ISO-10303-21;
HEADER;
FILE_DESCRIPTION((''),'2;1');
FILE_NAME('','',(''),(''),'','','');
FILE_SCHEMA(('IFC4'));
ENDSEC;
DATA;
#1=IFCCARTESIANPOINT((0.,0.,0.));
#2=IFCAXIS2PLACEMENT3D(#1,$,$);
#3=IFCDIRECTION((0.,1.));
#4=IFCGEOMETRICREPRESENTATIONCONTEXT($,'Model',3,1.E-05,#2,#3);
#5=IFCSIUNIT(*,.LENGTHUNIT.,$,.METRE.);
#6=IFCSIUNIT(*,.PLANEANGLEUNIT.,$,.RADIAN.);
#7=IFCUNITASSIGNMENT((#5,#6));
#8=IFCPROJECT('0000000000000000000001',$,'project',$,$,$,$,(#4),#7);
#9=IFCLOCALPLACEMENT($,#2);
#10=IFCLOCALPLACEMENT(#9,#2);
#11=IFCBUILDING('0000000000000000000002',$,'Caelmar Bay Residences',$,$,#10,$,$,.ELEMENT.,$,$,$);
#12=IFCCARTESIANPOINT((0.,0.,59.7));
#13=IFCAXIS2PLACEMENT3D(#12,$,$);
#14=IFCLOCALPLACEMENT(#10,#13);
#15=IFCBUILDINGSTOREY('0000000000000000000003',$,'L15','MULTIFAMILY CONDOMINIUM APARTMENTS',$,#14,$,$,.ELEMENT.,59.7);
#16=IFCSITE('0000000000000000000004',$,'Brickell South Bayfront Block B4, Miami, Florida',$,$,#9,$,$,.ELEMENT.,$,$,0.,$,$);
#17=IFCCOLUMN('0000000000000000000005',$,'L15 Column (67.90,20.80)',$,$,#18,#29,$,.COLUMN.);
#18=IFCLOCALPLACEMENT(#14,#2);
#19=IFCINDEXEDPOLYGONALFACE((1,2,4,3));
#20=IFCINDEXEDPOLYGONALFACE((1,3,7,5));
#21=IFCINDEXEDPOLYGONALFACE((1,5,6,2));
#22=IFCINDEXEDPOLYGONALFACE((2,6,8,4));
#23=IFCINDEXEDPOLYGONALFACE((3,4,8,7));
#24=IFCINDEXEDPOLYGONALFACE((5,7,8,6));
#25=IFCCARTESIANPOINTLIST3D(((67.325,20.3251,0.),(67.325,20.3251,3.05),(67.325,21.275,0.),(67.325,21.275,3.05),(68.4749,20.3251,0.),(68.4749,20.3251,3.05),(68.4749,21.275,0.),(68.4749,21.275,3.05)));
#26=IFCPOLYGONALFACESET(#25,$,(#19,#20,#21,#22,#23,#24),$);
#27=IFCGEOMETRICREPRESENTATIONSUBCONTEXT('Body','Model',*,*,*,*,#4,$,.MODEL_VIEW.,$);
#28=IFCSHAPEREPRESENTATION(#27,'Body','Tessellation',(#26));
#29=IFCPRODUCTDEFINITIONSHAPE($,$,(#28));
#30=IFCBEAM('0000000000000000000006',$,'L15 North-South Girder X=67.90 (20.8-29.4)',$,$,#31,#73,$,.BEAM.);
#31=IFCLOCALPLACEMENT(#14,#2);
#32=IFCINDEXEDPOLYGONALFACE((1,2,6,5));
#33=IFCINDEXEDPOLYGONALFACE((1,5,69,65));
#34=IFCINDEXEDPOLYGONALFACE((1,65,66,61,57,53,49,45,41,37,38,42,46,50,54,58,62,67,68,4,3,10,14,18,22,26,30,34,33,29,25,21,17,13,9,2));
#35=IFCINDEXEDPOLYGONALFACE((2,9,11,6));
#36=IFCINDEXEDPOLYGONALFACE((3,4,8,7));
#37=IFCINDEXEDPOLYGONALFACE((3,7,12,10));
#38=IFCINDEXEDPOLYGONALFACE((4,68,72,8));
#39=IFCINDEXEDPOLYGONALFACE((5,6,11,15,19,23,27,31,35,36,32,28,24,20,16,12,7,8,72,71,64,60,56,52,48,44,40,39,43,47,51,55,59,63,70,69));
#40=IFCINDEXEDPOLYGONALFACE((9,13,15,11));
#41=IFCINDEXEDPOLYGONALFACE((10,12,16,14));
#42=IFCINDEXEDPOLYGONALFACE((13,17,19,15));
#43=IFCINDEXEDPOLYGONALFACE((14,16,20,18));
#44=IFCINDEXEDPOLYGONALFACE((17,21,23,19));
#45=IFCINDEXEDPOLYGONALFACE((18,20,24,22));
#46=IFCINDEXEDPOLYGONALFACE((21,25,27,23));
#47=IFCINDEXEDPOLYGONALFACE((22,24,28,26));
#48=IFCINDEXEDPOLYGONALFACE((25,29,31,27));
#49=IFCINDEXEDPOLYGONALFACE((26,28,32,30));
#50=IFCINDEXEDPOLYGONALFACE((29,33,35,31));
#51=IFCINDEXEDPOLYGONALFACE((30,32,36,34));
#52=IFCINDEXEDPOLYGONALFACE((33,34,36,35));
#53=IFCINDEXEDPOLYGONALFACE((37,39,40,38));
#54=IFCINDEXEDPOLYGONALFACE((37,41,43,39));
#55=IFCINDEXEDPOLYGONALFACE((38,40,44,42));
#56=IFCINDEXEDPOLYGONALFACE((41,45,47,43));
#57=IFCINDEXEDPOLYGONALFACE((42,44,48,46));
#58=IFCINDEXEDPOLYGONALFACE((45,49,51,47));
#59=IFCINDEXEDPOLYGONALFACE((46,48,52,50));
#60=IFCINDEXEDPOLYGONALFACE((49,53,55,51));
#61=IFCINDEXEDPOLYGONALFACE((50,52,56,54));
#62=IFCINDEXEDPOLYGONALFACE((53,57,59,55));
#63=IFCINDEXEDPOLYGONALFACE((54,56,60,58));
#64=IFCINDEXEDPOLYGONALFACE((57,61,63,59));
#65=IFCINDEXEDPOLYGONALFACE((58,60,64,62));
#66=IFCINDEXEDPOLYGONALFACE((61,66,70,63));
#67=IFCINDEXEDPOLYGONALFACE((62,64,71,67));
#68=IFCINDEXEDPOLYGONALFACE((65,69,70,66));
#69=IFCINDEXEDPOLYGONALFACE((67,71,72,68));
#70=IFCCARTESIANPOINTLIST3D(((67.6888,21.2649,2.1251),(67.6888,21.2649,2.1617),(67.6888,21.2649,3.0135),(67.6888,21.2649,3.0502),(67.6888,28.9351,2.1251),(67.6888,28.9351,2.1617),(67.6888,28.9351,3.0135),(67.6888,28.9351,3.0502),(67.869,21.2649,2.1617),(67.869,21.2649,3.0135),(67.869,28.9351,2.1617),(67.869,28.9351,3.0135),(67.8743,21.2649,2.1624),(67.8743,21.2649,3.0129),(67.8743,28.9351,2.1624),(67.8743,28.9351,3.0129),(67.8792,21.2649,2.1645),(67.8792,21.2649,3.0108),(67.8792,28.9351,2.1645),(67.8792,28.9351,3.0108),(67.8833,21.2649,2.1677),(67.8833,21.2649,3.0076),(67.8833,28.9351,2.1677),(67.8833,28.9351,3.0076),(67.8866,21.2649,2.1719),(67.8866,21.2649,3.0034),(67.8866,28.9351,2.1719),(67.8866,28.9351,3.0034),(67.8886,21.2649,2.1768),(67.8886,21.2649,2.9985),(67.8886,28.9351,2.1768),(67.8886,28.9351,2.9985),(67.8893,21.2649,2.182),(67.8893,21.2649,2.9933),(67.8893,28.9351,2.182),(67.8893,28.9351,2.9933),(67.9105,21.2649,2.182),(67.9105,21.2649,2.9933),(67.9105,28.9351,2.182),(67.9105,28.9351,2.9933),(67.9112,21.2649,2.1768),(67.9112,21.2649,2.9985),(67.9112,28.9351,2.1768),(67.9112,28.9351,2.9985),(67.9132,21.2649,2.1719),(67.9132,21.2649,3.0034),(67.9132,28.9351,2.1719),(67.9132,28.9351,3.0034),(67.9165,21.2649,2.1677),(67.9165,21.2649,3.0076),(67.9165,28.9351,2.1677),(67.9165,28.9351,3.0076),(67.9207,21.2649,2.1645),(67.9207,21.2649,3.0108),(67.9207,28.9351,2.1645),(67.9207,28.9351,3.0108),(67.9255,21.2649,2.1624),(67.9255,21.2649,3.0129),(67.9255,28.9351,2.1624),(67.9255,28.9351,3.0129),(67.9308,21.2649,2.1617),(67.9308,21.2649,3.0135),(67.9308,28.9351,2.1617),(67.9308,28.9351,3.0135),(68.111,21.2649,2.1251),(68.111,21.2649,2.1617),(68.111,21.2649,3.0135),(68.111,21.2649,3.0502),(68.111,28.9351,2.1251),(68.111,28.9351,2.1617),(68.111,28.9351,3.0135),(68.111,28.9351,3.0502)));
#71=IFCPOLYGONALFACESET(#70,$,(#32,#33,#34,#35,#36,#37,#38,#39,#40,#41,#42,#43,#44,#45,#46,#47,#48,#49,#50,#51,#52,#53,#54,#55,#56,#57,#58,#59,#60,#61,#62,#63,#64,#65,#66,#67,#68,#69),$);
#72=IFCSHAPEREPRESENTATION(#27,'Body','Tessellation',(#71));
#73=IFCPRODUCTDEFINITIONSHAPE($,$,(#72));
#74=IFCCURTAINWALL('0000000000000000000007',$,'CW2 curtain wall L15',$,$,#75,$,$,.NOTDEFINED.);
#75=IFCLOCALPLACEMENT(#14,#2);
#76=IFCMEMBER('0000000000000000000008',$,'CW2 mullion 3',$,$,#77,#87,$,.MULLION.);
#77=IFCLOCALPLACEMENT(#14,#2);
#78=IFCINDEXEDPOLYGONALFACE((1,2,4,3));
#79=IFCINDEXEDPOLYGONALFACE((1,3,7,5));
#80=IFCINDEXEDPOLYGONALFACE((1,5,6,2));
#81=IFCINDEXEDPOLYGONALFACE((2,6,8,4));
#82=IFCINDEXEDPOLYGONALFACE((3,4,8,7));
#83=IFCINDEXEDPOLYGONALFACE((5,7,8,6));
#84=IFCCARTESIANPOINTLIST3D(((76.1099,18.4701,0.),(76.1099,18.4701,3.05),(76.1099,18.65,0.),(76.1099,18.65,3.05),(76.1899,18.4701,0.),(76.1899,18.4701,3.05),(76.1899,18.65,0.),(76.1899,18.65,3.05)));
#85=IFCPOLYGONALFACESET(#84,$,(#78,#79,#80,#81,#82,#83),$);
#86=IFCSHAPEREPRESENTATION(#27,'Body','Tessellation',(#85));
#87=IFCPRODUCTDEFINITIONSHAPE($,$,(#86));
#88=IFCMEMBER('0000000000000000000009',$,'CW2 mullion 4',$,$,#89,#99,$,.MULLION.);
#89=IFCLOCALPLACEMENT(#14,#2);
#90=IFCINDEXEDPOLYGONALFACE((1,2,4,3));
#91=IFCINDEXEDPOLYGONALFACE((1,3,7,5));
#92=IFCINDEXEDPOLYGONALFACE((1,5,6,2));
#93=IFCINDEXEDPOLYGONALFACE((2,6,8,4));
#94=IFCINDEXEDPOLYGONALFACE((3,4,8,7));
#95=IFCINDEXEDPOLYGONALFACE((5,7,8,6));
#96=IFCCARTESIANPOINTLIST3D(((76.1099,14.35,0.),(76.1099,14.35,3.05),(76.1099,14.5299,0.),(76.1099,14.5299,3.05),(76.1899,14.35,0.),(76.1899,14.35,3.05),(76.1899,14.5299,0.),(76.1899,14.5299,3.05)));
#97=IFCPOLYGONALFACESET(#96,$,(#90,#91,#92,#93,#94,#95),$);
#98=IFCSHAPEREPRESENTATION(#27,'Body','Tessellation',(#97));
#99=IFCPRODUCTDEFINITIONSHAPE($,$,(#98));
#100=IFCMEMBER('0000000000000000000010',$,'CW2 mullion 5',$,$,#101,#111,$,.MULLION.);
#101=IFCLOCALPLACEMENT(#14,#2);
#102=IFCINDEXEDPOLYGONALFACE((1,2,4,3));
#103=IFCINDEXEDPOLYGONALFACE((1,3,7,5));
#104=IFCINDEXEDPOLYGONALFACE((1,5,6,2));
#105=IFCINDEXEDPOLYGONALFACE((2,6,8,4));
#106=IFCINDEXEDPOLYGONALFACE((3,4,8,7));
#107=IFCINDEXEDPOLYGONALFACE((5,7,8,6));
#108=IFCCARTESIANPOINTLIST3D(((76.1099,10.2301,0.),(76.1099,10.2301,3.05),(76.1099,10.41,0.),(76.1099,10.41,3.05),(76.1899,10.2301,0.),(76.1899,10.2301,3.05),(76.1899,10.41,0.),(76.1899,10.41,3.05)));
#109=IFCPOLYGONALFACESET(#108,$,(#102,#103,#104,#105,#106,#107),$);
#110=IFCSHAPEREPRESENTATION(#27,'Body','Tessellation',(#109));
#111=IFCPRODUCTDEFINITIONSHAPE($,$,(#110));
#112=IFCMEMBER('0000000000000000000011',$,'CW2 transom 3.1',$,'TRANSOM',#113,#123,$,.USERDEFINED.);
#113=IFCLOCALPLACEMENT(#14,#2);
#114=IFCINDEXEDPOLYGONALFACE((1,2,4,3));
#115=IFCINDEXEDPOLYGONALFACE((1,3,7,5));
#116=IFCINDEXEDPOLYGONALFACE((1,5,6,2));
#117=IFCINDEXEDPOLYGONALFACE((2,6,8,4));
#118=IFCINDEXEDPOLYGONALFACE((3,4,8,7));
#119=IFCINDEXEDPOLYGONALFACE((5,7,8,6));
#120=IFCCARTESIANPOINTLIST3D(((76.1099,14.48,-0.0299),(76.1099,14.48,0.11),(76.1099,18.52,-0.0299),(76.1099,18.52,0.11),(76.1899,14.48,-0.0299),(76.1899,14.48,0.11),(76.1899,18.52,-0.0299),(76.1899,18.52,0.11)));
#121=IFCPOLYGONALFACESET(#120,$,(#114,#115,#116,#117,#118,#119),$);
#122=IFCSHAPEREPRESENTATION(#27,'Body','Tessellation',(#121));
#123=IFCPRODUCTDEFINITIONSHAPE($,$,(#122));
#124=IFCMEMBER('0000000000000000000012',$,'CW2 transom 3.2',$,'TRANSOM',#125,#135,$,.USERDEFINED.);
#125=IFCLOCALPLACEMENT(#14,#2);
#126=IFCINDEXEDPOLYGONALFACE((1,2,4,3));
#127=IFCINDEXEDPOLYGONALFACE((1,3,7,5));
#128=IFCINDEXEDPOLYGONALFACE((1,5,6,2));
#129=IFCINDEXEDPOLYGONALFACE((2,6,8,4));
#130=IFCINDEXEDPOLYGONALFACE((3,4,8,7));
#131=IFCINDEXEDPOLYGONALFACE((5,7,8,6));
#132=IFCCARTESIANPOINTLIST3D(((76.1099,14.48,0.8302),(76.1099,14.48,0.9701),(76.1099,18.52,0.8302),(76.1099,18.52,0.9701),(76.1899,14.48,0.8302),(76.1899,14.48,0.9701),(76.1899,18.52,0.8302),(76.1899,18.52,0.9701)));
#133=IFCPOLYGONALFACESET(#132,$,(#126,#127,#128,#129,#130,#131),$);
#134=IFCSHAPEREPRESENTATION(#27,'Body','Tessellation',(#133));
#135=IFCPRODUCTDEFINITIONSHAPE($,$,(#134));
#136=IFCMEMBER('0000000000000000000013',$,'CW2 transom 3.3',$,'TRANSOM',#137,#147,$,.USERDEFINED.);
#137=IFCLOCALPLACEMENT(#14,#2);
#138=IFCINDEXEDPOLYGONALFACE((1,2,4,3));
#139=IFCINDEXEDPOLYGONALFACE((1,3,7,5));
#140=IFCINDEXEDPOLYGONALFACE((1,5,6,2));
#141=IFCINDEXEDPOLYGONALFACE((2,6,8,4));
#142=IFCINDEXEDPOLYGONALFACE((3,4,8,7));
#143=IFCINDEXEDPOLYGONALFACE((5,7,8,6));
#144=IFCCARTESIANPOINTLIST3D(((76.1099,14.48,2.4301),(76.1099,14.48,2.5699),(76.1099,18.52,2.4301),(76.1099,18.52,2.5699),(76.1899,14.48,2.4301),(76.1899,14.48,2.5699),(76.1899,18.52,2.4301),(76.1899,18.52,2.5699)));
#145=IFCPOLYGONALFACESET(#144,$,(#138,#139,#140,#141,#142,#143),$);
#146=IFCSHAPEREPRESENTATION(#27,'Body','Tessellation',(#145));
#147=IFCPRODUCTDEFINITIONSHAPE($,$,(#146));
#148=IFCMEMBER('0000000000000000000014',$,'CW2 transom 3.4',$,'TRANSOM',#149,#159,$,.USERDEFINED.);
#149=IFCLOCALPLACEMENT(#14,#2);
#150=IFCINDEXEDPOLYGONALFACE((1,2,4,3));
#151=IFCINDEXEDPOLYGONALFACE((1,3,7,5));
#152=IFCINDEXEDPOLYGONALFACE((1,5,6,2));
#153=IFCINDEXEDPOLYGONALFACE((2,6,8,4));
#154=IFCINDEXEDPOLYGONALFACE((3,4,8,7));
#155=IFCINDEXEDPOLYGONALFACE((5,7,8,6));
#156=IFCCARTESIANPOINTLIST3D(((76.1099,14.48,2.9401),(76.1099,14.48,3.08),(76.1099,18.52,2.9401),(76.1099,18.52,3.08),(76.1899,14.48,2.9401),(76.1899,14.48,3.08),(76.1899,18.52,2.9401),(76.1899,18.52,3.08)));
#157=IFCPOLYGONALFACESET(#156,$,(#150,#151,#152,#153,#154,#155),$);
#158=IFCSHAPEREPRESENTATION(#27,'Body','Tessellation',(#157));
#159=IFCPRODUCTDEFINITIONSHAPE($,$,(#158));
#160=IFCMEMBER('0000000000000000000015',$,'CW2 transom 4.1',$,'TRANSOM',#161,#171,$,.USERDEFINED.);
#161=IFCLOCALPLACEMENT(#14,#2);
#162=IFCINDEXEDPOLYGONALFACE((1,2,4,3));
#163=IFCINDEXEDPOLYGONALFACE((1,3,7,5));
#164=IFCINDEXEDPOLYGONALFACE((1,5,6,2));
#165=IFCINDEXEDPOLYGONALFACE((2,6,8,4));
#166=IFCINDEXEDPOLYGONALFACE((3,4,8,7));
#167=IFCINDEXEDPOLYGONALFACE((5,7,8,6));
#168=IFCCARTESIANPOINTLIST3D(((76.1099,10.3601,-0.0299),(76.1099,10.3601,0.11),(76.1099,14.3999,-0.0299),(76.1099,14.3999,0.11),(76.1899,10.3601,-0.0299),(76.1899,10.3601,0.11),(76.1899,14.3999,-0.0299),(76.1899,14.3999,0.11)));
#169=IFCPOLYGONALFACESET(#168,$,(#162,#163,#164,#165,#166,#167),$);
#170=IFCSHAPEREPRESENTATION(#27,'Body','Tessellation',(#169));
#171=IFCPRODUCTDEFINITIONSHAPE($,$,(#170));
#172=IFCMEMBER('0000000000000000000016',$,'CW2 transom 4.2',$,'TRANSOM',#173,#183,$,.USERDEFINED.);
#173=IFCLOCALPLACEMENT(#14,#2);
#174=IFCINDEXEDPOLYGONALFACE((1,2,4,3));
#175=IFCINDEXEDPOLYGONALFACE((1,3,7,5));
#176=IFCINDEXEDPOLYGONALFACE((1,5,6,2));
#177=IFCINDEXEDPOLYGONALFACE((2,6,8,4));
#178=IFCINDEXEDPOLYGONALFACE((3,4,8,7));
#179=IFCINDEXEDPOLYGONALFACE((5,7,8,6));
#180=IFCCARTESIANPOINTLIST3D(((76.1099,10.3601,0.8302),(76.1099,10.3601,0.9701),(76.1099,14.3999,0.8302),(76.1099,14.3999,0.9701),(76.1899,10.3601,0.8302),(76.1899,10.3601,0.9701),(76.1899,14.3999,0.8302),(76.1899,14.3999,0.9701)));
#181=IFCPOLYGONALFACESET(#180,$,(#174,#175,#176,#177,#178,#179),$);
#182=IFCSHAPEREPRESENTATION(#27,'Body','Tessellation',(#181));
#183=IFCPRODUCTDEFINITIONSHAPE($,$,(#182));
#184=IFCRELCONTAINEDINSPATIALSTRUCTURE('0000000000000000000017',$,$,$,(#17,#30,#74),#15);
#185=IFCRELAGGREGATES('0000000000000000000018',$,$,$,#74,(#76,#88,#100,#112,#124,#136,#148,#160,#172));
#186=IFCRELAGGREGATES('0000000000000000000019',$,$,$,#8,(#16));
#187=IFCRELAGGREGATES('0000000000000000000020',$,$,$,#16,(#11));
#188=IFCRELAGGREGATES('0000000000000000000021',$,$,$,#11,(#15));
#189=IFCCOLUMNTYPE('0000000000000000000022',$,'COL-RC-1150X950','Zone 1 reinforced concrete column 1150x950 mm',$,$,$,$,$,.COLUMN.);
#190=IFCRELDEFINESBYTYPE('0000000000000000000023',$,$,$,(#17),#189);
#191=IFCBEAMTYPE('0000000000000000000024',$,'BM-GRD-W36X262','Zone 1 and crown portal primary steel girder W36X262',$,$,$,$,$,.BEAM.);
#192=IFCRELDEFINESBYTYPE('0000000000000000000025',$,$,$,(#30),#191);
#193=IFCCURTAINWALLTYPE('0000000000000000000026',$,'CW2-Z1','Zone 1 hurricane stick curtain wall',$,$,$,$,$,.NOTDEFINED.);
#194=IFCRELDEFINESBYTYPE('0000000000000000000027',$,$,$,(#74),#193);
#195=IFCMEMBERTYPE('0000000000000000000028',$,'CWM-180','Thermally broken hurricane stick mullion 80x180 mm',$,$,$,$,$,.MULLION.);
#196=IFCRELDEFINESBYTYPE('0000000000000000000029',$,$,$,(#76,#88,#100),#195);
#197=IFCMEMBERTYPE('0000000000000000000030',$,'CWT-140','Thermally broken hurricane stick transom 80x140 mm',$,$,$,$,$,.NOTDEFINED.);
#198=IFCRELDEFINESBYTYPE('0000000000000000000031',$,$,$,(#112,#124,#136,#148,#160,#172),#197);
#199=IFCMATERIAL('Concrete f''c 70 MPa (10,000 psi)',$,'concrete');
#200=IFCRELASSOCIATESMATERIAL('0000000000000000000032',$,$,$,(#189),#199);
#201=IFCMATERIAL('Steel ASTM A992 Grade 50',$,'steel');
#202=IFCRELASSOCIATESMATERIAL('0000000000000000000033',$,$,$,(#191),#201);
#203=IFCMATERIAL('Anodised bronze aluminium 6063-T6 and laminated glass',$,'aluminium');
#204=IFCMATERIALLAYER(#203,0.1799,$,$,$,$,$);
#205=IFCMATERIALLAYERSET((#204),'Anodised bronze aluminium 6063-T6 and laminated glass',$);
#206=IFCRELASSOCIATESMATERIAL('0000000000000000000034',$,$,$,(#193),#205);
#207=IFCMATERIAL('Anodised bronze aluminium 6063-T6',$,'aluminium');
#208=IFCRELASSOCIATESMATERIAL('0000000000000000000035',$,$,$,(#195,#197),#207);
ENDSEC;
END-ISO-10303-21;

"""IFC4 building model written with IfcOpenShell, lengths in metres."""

from ifc_helpers import new_model, si_unit, direction, frame, origin, origin_2d, place, context, subcontext, project, spatial, rectangle, i_section, extrude, material, layer, layer_set, material_profile, profile_set, type_object, element, aggregate, save


model = new_model("IFC4")

# Units and contexts
model_context = context("Model", 3, precision=1e-05, world=origin(), true_north=direction((0.0, 1.0)))
body_context = subcontext(model_context, "Body", "Model", "MODEL_VIEW")
ifc_project = project(units=[si_unit("LENGTHUNIT", "METRE"), si_unit("PLANEANGLEUNIT", "RADIAN")], contexts=[model_context])

# Site, building, storey
site_placement = place(None, origin())
site = spatial("IfcSite", under=ifc_project, at=site_placement, Name="Brickell South Bayfront Block B4, Miami, Florida", CompositionType="ELEMENT", RefElevation=0.0)
building_placement = place(site_placement, origin())
building = spatial("IfcBuilding", under=site, at=building_placement, Name="Caelmar Bay Residences", CompositionType="ELEMENT")
storey_placement = place(building_placement, frame((0.0, 0.0, 59.7)))
storey = spatial("IfcBuildingStorey", under=building, at=storey_placement, Name="L15", Description="MULTIFAMILY CONDOMINIUM APARTMENTS", CompositionType="ELEMENT", Elevation=59.7)

# Column
ifc_material_1 = material(Name="Concrete f'c 70 MPa (10,000 psi)", Category="concrete")
ifc_material_profile_1 = material_profile(ifc_material_1, rectangle(XDim=1.1499, YDim=0.95, at=origin_2d()), Name="RC-COL-1150X950")
ifc_profile_set_1 = profile_set([ifc_material_profile_1], Name="Concrete f'c 70 MPa (10,000 psi)")
column_type = type_object("IfcColumnType", Name="COL-RC-1150X950", Description="Zone 1 reinforced concrete column 1150x950 mm", PredefinedType="COLUMN", material=ifc_profile_set_1)
column_placement = place(storey_placement, frame((67.8999, 20.8, 0.0), z_axis=(0.0, 0.0, 1.0), x_axis=(1.0, 0.0, 0.0)))
element("IfcColumn", 1, at=column_placement, inside=storey, type_object=column_type, Name="L15 Column (67.90,20.80)", PredefinedType="COLUMN", context=body_context, shape_type="SweptSolid", body=[
    extrude(rectangle(XDim=1.1499, YDim=0.95, at=origin_2d()), origin(), (0.0, 0.0, 1.0), 3.05),
])

# Beam
ifc_material_2 = material(Name="Steel ASTM A992 Grade 50", Category="steel")
ifc_material_profile_2 = material_profile(ifc_material_2, i_section(OverallWidth=0.4221, OverallDepth=0.925, WebThickness=0.0212, FlangeThickness=0.0366, FilletRadius=0.0203, at=origin_2d()), Name="W36X262")
ifc_profile_set_2 = profile_set([ifc_material_profile_2], Name="Steel ASTM A992 Grade 50")
beam_type = type_object("IfcBeamType", Name="BM-GRD-W36X262", Description="Zone 1 and crown portal primary steel girder W36X262", PredefinedType="BEAM", material=ifc_profile_set_2)
beam_placement = place(storey_placement, frame((67.8999, 21.2649, 2.5876), z_axis=(0.0, 1.0, 0.0), x_axis=(-1.0, 0.0, 0.0)))
element("IfcBeam", 2, at=beam_placement, inside=storey, type_object=beam_type, Name="L15 North-South Girder X=67.90 (20.8-29.4)", PredefinedType="BEAM", context=body_context, shape_type="SweptSolid", body=[
    extrude(i_section(OverallWidth=0.4221, OverallDepth=0.925, WebThickness=0.0212, FlangeThickness=0.0366, FilletRadius=0.0203, at=origin_2d()), origin(), (0.0, 0.0, 1.0), 7.6702),
])

# Curtain wall, members
ifc_material_3 = material(Name="Anodised bronze aluminium 6063-T6 and laminated glass", Category="aluminium")
ifc_layer_1 = layer(ifc_material_3, 0.1799)
ifc_layer_set_1 = layer_set([ifc_layer_1], Name="Anodised bronze aluminium 6063-T6 and laminated glass")
curtain_wall_type = type_object("IfcCurtainWallType", Name="CW2-Z1", Description="Zone 1 hurricane stick curtain wall", PredefinedType="NOTDEFINED", material=ifc_layer_set_1)
curtain_wall_placement = place(storey_placement, origin())
curtain_wall = element("IfcCurtainWall", 3, at=curtain_wall_placement, inside=storey, type_object=curtain_wall_type, Name="CW2 curtain wall L15", PredefinedType="NOTDEFINED")
ifc_material_4 = material(Name="Anodised bronze aluminium 6063-T6", Category="aluminium")
ifc_material_profile_3 = material_profile(ifc_material_4, rectangle(XDim=0.0801, YDim=0.1799, at=origin_2d()), Name="CWM-80X180")
ifc_profile_set_3 = profile_set([ifc_material_profile_3], Name="Anodised bronze aluminium 6063-T6")
member_type_1 = type_object("IfcMemberType", Name="CWM-180", Description="Thermally broken hurricane stick mullion 80x180 mm", PredefinedType="MULLION", material=ifc_profile_set_3)
member_1_placement = place(storey_placement, frame((76.1499, 18.5601, 0.0), z_axis=(0.0, 0.0, 1.0), x_axis=(1.0, 0.0, 0.0)))
member_1 = element("IfcMember", 4, at=member_1_placement, type_object=member_type_1, Name="CW2 mullion 3", PredefinedType="MULLION", context=body_context, shape_type="SweptSolid", body=[
    extrude(rectangle(XDim=0.0801, YDim=0.1799, at=origin_2d()), origin(), (0.0, 0.0, 1.0), 3.05),
])
member_2_placement = place(storey_placement, frame((76.1499, 14.4399, 0.0), z_axis=(0.0, 0.0, 1.0), x_axis=(1.0, 0.0, 0.0)))
member_2 = element("IfcMember", 5, at=member_2_placement, type_object=member_type_1, Name="CW2 mullion 4", PredefinedType="MULLION", context=body_context, shape_type="SweptSolid", body=[
    extrude(rectangle(XDim=0.0801, YDim=0.1799, at=origin_2d()), origin(), (0.0, 0.0, 1.0), 3.05),
])
member_3_placement = place(storey_placement, frame((76.1499, 10.3201, 0.0), z_axis=(0.0, 0.0, 1.0), x_axis=(1.0, 0.0, 0.0)))
member_3 = element("IfcMember", 6, at=member_3_placement, type_object=member_type_1, Name="CW2 mullion 5", PredefinedType="MULLION", context=body_context, shape_type="SweptSolid", body=[
    extrude(rectangle(XDim=0.0801, YDim=0.1799, at=origin_2d()), origin(), (0.0, 0.0, 1.0), 3.05),
])
ifc_material_profile_4 = material_profile(ifc_material_4, rectangle(XDim=0.0801, YDim=0.1399, at=origin_2d()), Name="CWT-80X140")
ifc_profile_set_4 = profile_set([ifc_material_profile_4], Name="Anodised bronze aluminium 6063-T6")
member_type_2 = type_object("IfcMemberType", Name="CWT-140", Description="Thermally broken hurricane stick transom 80x140 mm", PredefinedType="NOTDEFINED", material=ifc_profile_set_4)
member_4_placement = place(storey_placement, frame((76.1499, 18.52, 0.04), z_axis=(0.0, -1.0, 0.0), x_axis=(1.0, 0.0, 0.0)))
member_4 = element("IfcMember", 7, at=member_4_placement, type_object=member_type_2, Name="CW2 transom 3.1", ObjectType="TRANSOM", PredefinedType="USERDEFINED", context=body_context, shape_type="SweptSolid", body=[
    extrude(rectangle(XDim=0.0801, YDim=0.1399, at=origin_2d()), origin(), (0.0, 0.0, 1.0), 4.04),
])
member_5_placement = place(storey_placement, frame((76.1499, 18.52, 0.9001), z_axis=(0.0, -1.0, 0.0), x_axis=(1.0, 0.0, 0.0)))
member_5 = element("IfcMember", 8, at=member_5_placement, type_object=member_type_2, Name="CW2 transom 3.2", ObjectType="TRANSOM", PredefinedType="USERDEFINED", context=body_context, shape_type="SweptSolid", body=[
    extrude(rectangle(XDim=0.0801, YDim=0.1399, at=origin_2d()), origin(), (0.0, 0.0, 1.0), 4.04),
])
member_6_placement = place(storey_placement, frame((76.1499, 18.52, 2.5), z_axis=(0.0, -1.0, 0.0), x_axis=(1.0, 0.0, 0.0)))
member_6 = element("IfcMember", 9, at=member_6_placement, type_object=member_type_2, Name="CW2 transom 3.3", ObjectType="TRANSOM", PredefinedType="USERDEFINED", context=body_context, shape_type="SweptSolid", body=[
    extrude(rectangle(XDim=0.0801, YDim=0.1399, at=origin_2d()), origin(), (0.0, 0.0, 1.0), 4.04),
])
member_7_placement = place(storey_placement, frame((76.1499, 18.52, 3.01), z_axis=(0.0, -1.0, 0.0), x_axis=(1.0, 0.0, 0.0)))
member_7 = element("IfcMember", 10, at=member_7_placement, type_object=member_type_2, Name="CW2 transom 3.4", ObjectType="TRANSOM", PredefinedType="USERDEFINED", context=body_context, shape_type="SweptSolid", body=[
    extrude(rectangle(XDim=0.0801, YDim=0.1399, at=origin_2d()), origin(), (0.0, 0.0, 1.0), 4.04),
])
member_8_placement = place(storey_placement, frame((76.1499, 14.3999, 0.04), z_axis=(0.0, -1.0, 0.0), x_axis=(1.0, 0.0, 0.0)))
member_8 = element("IfcMember", 11, at=member_8_placement, type_object=member_type_2, Name="CW2 transom 4.1", ObjectType="TRANSOM", PredefinedType="USERDEFINED", context=body_context, shape_type="SweptSolid", body=[
    extrude(rectangle(XDim=0.0801, YDim=0.1399, at=origin_2d()), origin(), (0.0, 0.0, 1.0), 4.0398),
])
member_9_placement = place(storey_placement, frame((76.1499, 14.3999, 0.9001), z_axis=(0.0, -1.0, 0.0), x_axis=(1.0, 0.0, 0.0)))
member_9 = element("IfcMember", 12, at=member_9_placement, type_object=member_type_2, Name="CW2 transom 4.2", ObjectType="TRANSOM", PredefinedType="USERDEFINED", context=body_context, shape_type="SweptSolid", body=[
    extrude(rectangle(XDim=0.0801, YDim=0.1399, at=origin_2d()), origin(), (0.0, 0.0, 1.0), 4.0398),
])
aggregate(curtain_wall, [member_1, member_2, member_3, member_4, member_5, member_6, member_7, member_8, member_9])

save(model, "model.ifc")
